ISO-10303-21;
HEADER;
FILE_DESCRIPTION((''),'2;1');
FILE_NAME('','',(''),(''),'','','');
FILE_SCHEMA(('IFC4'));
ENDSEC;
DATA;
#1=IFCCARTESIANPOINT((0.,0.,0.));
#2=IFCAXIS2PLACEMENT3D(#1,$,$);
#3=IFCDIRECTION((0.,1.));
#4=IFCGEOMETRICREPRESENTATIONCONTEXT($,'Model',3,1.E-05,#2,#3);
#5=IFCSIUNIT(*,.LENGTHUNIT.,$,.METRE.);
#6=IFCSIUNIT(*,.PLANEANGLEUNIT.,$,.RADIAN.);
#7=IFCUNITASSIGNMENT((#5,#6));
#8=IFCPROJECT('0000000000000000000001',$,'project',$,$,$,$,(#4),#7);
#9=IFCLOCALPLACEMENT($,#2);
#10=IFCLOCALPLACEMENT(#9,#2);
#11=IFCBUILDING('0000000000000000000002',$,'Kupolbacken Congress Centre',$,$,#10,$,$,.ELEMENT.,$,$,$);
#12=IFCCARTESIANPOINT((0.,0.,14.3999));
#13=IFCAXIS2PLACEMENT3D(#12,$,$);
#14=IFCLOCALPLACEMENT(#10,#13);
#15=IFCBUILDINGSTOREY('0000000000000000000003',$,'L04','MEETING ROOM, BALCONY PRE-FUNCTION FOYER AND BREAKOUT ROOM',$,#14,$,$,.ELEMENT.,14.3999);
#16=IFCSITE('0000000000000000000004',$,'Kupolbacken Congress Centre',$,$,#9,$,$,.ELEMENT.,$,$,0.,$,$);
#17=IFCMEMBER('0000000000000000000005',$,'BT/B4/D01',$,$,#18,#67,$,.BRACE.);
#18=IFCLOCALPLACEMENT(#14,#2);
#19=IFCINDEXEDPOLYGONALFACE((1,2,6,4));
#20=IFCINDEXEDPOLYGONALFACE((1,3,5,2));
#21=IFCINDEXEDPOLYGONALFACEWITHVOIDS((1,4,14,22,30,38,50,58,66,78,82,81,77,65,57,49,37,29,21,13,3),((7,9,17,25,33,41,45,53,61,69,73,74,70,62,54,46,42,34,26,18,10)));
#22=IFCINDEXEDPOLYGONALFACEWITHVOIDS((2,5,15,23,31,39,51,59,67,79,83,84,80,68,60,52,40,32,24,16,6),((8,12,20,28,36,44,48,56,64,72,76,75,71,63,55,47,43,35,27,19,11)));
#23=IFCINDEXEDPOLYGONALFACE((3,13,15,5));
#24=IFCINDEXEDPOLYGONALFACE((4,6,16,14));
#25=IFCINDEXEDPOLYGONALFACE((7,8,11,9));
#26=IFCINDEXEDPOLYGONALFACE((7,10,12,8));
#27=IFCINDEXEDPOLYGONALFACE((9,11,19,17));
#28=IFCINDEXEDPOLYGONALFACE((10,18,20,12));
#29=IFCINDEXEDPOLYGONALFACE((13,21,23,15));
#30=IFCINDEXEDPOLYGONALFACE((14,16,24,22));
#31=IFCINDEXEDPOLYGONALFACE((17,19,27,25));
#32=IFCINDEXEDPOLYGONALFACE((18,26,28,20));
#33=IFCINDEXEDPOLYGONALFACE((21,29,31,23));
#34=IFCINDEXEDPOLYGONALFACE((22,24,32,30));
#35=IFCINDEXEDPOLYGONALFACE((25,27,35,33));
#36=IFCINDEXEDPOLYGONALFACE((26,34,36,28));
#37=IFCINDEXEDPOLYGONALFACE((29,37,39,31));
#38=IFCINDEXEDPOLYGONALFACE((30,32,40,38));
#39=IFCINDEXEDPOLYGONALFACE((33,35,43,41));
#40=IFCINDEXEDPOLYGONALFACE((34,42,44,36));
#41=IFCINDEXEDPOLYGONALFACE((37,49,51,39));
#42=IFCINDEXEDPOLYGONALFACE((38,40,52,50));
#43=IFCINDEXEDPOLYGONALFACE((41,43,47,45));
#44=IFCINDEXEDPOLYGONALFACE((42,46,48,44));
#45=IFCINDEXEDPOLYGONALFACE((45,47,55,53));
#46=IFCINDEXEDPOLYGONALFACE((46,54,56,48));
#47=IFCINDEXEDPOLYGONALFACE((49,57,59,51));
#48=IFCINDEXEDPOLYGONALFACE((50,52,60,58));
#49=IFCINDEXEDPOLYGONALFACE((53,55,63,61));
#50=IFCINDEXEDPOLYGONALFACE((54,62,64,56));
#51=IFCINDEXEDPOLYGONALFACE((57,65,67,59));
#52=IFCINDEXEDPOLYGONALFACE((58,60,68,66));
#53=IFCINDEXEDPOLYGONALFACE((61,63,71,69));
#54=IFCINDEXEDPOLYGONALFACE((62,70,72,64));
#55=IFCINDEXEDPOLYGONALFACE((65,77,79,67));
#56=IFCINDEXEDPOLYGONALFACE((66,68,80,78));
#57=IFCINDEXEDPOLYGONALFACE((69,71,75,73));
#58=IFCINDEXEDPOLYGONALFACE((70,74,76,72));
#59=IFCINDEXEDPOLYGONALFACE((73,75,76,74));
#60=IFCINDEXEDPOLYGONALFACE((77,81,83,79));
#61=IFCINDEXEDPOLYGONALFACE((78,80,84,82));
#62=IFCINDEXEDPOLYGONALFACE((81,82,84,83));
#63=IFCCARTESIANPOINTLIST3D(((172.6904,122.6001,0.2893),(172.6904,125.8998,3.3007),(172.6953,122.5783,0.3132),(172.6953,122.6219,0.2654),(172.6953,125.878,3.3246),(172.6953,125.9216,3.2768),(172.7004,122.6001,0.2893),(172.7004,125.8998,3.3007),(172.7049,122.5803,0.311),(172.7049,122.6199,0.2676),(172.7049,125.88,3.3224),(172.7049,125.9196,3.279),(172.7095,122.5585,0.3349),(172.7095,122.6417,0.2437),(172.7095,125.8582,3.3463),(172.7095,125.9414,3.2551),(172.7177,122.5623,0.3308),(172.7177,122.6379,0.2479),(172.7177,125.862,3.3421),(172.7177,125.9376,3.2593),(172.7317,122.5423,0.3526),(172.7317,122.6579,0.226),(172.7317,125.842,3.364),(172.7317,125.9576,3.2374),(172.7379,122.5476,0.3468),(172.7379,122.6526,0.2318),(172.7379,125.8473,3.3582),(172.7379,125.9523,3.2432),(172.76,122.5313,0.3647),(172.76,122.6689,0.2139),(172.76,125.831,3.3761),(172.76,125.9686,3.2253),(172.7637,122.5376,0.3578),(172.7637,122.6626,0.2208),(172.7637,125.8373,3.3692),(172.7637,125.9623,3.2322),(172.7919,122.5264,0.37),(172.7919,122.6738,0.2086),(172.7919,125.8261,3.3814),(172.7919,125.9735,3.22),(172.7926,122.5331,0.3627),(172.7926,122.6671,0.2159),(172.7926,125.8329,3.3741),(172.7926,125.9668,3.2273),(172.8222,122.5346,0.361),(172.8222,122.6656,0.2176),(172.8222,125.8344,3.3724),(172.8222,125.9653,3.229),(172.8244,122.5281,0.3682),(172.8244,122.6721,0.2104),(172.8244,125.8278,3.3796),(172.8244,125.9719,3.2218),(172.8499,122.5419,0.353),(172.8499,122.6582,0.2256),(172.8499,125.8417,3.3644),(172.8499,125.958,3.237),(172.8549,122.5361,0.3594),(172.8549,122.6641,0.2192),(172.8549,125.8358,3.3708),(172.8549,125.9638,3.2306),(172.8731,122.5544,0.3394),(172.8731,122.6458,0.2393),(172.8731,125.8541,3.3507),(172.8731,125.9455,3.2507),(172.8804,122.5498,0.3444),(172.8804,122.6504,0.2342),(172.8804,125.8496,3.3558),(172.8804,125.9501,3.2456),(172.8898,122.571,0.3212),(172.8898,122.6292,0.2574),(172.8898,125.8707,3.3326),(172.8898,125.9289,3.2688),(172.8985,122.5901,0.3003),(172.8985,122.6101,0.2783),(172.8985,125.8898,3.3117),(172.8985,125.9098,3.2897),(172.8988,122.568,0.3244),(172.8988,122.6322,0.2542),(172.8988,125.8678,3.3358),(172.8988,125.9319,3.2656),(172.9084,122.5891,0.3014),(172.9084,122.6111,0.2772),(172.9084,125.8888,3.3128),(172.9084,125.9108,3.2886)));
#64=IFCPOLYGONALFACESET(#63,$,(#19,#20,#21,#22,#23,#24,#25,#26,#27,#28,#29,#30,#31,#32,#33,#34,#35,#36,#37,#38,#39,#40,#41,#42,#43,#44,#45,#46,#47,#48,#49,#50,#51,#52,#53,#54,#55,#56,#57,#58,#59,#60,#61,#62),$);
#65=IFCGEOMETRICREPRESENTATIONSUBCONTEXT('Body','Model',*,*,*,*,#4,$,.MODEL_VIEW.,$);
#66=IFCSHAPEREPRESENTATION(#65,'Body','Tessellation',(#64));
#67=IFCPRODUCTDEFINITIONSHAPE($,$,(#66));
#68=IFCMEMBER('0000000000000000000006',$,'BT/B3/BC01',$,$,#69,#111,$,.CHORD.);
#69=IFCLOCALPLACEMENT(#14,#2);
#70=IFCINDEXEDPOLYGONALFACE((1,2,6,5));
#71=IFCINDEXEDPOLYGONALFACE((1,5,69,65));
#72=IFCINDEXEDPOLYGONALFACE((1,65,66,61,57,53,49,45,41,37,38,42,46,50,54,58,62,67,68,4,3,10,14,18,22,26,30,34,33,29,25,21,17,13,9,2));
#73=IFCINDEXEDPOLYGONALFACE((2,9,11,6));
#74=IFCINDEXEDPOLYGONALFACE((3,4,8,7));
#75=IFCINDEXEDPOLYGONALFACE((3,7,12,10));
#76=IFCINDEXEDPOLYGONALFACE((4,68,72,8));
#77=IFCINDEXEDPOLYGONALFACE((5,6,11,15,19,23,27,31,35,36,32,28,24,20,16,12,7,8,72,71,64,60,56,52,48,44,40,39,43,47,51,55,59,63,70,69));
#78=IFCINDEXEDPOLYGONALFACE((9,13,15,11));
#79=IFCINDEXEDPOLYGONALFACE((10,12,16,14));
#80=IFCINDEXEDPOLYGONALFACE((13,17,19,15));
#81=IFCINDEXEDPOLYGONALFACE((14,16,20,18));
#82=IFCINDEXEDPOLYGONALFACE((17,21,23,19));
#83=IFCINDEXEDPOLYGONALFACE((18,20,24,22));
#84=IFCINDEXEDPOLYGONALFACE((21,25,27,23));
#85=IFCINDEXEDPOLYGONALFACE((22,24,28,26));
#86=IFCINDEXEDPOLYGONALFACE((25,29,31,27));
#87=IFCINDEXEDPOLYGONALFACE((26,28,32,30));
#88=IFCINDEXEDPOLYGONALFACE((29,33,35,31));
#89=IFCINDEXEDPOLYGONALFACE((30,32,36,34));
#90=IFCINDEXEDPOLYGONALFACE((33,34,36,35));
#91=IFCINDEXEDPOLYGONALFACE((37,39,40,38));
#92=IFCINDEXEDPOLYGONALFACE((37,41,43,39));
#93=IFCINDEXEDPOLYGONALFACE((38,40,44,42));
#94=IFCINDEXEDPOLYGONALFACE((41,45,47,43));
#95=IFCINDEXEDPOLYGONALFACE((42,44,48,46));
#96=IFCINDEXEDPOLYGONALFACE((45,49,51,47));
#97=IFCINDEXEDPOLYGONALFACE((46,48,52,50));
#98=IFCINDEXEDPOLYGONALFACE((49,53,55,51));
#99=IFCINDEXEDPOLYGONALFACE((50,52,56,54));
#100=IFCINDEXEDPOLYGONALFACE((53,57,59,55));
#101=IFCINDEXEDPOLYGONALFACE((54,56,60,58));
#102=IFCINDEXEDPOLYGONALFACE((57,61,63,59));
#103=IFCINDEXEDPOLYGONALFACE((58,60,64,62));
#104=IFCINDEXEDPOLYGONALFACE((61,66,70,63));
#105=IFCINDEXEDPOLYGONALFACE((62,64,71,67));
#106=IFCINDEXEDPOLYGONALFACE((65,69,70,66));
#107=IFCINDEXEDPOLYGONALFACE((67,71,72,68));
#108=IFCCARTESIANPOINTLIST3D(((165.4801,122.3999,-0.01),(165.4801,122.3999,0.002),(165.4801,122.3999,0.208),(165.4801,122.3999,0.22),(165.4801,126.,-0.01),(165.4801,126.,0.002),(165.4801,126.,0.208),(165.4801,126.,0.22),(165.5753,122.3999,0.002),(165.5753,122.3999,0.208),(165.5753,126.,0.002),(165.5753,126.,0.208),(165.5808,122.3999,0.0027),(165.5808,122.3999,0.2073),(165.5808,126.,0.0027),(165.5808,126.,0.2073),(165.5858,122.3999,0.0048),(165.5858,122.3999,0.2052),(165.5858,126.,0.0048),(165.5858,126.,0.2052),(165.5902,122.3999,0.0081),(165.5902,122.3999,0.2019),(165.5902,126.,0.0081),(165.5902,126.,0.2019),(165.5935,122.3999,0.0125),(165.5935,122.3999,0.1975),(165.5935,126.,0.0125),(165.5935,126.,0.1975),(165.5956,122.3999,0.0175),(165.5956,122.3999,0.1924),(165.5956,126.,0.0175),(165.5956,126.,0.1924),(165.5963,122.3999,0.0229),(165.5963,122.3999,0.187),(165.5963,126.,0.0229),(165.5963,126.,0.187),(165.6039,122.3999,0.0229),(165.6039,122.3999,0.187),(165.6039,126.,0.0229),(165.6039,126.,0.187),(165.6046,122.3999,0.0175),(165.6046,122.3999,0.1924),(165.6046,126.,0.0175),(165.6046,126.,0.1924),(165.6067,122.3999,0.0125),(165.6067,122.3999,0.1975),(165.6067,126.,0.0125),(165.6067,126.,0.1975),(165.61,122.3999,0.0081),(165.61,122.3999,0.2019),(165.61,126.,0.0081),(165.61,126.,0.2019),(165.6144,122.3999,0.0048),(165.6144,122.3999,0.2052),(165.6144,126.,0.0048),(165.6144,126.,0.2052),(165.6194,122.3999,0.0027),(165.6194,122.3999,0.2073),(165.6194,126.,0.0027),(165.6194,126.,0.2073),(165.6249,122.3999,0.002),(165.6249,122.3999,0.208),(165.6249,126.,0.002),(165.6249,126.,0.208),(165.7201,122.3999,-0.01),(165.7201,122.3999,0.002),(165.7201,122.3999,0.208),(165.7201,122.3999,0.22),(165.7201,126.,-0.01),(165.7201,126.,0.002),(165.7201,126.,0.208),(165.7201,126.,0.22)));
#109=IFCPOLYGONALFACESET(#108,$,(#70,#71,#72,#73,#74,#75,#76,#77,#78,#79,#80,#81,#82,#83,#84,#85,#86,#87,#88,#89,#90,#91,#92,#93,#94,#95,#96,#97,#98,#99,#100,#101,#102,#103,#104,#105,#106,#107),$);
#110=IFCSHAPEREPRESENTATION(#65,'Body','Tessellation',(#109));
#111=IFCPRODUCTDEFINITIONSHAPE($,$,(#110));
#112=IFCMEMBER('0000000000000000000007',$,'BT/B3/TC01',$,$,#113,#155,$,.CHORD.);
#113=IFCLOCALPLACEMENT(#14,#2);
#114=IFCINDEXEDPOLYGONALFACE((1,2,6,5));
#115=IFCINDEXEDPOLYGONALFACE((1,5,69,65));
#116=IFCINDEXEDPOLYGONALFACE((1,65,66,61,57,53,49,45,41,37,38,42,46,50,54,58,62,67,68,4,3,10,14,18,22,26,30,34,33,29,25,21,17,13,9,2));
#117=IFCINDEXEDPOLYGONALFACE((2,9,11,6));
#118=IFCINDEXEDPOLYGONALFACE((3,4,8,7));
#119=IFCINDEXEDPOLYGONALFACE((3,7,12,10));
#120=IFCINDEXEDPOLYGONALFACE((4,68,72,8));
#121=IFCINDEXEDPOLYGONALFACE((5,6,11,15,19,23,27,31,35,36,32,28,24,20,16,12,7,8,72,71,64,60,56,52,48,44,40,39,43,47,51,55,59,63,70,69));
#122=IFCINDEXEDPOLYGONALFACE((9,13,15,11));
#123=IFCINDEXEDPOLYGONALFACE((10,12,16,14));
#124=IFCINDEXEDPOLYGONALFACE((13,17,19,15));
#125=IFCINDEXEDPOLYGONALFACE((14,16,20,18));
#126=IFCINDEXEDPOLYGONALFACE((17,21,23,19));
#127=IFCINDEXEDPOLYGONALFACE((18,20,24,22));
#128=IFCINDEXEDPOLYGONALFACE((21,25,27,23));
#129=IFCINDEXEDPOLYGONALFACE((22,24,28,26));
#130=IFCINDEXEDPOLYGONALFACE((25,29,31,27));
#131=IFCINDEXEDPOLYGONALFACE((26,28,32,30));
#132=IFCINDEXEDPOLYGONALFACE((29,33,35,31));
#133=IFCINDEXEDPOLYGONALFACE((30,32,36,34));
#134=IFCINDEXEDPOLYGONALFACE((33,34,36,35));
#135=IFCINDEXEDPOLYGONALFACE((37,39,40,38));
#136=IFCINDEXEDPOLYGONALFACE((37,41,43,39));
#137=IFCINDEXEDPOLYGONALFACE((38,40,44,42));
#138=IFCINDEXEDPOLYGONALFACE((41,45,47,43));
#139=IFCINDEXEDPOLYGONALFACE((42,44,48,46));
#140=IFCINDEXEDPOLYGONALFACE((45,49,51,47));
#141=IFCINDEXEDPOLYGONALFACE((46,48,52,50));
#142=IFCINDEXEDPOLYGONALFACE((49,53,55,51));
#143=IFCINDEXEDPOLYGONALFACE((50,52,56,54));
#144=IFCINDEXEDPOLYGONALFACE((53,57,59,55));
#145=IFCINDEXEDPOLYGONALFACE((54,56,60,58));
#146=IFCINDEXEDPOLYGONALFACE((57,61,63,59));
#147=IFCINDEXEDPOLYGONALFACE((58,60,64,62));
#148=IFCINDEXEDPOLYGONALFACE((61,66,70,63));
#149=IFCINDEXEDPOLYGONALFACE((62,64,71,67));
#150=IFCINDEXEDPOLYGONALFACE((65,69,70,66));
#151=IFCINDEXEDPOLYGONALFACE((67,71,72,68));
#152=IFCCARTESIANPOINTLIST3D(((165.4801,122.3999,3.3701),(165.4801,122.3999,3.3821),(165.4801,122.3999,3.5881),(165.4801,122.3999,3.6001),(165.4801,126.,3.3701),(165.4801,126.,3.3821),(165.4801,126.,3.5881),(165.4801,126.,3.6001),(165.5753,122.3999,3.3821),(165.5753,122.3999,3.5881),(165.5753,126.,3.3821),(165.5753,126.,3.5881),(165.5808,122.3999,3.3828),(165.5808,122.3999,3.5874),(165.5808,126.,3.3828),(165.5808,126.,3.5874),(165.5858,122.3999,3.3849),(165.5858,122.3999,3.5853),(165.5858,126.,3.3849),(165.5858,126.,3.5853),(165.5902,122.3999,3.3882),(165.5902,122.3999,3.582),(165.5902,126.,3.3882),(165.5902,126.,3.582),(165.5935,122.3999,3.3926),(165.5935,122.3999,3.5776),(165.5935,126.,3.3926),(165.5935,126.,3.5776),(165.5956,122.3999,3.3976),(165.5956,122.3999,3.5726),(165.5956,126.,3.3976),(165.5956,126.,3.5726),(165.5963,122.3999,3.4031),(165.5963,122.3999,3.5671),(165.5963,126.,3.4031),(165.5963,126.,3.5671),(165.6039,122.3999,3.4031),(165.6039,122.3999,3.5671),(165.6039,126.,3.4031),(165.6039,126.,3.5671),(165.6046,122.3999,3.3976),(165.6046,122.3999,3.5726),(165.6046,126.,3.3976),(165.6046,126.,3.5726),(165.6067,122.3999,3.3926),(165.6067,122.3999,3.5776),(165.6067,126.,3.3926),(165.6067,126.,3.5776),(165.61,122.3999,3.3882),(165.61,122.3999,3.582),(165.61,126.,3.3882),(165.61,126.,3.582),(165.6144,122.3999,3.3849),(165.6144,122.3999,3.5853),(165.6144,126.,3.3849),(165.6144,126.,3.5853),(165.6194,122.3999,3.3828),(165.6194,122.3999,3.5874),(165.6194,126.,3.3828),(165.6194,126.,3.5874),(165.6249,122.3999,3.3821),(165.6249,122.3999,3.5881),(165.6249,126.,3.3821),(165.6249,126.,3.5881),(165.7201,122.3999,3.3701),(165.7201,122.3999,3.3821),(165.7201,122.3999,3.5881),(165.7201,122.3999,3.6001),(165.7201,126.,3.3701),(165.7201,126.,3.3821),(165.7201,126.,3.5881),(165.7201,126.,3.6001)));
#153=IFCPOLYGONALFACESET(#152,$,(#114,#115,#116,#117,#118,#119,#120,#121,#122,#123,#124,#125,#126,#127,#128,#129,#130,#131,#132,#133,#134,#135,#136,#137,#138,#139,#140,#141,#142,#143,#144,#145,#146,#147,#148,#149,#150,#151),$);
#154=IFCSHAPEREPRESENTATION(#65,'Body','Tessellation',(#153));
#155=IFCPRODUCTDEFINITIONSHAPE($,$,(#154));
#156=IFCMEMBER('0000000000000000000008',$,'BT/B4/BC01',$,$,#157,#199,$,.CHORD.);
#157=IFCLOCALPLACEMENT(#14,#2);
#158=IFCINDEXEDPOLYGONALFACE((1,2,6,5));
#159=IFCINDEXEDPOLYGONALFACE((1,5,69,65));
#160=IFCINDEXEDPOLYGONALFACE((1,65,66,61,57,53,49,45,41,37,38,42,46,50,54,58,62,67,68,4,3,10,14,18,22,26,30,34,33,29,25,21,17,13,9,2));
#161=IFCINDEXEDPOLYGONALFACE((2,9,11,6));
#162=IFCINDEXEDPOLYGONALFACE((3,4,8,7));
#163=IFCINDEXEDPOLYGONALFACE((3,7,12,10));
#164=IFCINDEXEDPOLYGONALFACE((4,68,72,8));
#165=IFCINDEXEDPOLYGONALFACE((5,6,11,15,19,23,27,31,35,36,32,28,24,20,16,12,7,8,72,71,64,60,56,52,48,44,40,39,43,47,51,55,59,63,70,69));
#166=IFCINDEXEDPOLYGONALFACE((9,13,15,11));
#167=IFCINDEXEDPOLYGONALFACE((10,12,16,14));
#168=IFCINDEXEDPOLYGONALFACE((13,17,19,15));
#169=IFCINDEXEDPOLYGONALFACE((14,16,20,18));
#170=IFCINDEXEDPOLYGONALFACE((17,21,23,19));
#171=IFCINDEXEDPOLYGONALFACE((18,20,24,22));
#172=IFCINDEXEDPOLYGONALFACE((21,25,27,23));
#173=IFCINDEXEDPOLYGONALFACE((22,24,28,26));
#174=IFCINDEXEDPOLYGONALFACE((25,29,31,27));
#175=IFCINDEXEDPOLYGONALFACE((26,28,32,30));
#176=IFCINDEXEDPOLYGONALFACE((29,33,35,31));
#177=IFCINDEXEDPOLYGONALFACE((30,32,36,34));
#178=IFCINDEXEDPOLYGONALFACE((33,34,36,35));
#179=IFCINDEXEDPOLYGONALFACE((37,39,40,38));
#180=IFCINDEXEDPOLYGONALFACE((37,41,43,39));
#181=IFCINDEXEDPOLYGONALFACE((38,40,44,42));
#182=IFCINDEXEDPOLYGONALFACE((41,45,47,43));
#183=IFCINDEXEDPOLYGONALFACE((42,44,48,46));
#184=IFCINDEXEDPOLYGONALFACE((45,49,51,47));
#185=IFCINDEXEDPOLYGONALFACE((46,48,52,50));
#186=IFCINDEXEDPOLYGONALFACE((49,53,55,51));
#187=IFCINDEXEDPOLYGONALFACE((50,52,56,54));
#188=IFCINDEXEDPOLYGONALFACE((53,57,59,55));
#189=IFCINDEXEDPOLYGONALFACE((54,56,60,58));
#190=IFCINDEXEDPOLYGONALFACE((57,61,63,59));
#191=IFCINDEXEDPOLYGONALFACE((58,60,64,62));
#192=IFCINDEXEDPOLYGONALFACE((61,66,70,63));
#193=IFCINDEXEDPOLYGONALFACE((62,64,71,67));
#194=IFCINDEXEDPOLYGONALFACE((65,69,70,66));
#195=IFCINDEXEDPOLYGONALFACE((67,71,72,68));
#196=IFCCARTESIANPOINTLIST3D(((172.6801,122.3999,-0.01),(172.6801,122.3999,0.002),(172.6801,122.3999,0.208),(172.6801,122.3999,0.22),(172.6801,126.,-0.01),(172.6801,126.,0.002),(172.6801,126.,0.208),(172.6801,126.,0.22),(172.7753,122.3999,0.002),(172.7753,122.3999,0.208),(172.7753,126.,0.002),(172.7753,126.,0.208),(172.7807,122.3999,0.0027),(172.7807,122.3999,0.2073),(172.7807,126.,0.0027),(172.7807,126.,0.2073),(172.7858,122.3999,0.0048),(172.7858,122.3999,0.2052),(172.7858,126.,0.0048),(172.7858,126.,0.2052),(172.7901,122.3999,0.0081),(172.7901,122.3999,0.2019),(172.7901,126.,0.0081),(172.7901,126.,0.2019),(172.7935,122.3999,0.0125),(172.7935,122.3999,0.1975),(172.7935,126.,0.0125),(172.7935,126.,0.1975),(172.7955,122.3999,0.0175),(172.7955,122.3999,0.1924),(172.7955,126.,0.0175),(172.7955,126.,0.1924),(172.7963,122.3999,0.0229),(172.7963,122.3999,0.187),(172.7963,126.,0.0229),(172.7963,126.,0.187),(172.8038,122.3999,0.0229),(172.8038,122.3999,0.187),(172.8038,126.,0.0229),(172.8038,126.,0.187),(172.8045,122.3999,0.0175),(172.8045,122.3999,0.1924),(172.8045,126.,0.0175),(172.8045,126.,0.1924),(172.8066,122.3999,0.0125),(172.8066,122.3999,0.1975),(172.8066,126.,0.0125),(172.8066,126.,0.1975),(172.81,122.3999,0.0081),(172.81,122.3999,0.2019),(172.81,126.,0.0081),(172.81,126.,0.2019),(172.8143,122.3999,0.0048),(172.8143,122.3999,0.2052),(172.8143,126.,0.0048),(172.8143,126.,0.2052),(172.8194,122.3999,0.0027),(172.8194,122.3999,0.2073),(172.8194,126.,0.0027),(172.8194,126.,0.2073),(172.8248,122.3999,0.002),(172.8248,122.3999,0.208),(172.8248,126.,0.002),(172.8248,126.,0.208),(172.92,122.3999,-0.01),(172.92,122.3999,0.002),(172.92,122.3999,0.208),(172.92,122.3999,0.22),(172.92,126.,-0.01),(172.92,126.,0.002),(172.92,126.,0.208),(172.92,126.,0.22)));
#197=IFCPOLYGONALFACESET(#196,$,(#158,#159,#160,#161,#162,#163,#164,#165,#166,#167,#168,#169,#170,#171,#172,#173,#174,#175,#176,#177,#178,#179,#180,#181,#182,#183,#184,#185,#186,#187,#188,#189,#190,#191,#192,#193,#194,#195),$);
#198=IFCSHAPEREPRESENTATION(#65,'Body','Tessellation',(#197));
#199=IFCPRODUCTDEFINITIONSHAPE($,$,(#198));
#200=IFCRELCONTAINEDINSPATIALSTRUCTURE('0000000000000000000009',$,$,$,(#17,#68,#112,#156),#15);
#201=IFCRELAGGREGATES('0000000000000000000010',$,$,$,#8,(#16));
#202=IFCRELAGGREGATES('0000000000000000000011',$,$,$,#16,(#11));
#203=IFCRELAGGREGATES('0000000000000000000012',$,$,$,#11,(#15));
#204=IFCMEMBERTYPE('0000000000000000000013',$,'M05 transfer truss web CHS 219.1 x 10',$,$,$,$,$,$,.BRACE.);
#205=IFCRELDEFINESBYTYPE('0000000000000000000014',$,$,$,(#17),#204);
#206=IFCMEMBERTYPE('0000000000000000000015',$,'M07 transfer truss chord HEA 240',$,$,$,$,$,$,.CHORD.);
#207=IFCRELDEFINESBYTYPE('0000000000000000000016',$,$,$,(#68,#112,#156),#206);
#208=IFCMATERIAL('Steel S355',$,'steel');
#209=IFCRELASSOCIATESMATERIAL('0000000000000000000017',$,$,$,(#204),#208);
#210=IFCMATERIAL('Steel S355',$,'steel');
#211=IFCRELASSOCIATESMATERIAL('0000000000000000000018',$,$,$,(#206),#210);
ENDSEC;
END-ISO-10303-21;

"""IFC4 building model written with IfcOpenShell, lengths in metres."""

from ifc_helpers import new_model, si_unit, direction, frame, origin, origin_2d, place, context, subcontext, project, spatial, hollow_circle, i_section, extrude, material, material_profile, profile_set, type_object, element, save


model = new_model("IFC4")

# Units and contexts
model_context = context("Model", 3, precision=1e-05, world=origin(), true_north=direction((0.0, 1.0)))
body_context = subcontext(model_context, "Body", "Model", "MODEL_VIEW")
ifc_project = project(units=[si_unit("LENGTHUNIT", "METRE"), si_unit("PLANEANGLEUNIT", "RADIAN")], contexts=[model_context])

# Site, building, storey
site_placement = place(None, origin())
site = spatial("IfcSite", under=ifc_project, at=site_placement, Name="Kupolbacken Congress Centre", CompositionType="ELEMENT", RefElevation=0.0)
building_placement = place(site_placement, origin())
building = spatial("IfcBuilding", under=site, at=building_placement, Name="Kupolbacken Congress Centre", CompositionType="ELEMENT")
storey_placement = place(building_placement, frame((0.0, 0.0, 14.3999)))
storey = spatial("IfcBuildingStorey", under=building, at=storey_placement, Name="L04", Description="MEETING ROOM, BALCONY PRE-FUNCTION FOYER AND BREAKOUT ROOM", CompositionType="ELEMENT", Elevation=14.3999)

# Members
ifc_material_1 = material(Name="Steel S355", Category="steel")
ifc_material_profile_1 = material_profile(ifc_material_1, hollow_circle(Radius=0.1096, WallThickness=0.01, at=origin_2d()), Name="CHS 219.1 x 10")
ifc_profile_set_1 = profile_set([ifc_material_profile_1], Name="Steel S355")
member_type_1 = type_object("IfcMemberType", Name="M05 transfer truss web CHS 219.1 x 10", PredefinedType="BRACE", material=ifc_profile_set_1)
for number, where, z_axis, x_axis, name in (
    (1, (172.8, 122.6001, 0.2893), (0.0, 0.73864, 0.6741), (-1.0, 0.0, 0.0), "BT/B4/D01"),
):
    element("IfcMember", number, at=place(storey_placement, frame(where, z_axis=z_axis, x_axis=x_axis)), inside=storey, type_object=member_type_1, Name=name, PredefinedType="BRACE", context=body_context, shape_type="SweptSolid", body=[
        extrude(hollow_circle(Radius=0.1096, WallThickness=0.01, at=origin_2d()), origin(), (0.0, 0.0, 1.0), 4.4673),
    ])
ifc_material_2 = material(Name="Steel S355", Category="steel")
ifc_material_profile_2 = material_profile(ifc_material_2, i_section(OverallWidth=0.24, OverallDepth=0.23, WebThickness=0.0076, FlangeThickness=0.012, FilletRadius=0.021, at=origin_2d()), Name="HEA 240")
ifc_profile_set_2 = profile_set([ifc_material_profile_2], Name="Steel S355")
member_type_2 = type_object("IfcMemberType", Name="M07 transfer truss chord HEA 240", PredefinedType="CHORD", material=ifc_profile_set_2)
for number, where, z_axis, x_axis, name in (
    (2, (165.6001, 122.3999, 0.105), (0.0, 1.0, 0.0), (-1.0, 0.0, 0.0), "BT/B3/BC01"),
    (3, (165.6001, 122.3999, 3.4851), (0.0, 1.0, 0.0), (-1.0, 0.0, 0.0), "BT/B3/TC01"),
    (4, (172.8, 122.3999, 0.105), (0.0, 1.0, 0.0), (-1.0, 0.0, 0.0), "BT/B4/BC01"),
):
    element("IfcMember", number, at=place(storey_placement, frame(where, z_axis=z_axis, x_axis=x_axis)), inside=storey, type_object=member_type_2, Name=name, PredefinedType="CHORD", context=body_context, shape_type="SweptSolid", body=[
        extrude(i_section(OverallWidth=0.24, OverallDepth=0.23, WebThickness=0.0076, FlangeThickness=0.012, FilletRadius=0.021, at=origin_2d()), origin(), (0.0, 0.0, 1.0), 3.6001),
    ])

save(model, "model.ifc")
